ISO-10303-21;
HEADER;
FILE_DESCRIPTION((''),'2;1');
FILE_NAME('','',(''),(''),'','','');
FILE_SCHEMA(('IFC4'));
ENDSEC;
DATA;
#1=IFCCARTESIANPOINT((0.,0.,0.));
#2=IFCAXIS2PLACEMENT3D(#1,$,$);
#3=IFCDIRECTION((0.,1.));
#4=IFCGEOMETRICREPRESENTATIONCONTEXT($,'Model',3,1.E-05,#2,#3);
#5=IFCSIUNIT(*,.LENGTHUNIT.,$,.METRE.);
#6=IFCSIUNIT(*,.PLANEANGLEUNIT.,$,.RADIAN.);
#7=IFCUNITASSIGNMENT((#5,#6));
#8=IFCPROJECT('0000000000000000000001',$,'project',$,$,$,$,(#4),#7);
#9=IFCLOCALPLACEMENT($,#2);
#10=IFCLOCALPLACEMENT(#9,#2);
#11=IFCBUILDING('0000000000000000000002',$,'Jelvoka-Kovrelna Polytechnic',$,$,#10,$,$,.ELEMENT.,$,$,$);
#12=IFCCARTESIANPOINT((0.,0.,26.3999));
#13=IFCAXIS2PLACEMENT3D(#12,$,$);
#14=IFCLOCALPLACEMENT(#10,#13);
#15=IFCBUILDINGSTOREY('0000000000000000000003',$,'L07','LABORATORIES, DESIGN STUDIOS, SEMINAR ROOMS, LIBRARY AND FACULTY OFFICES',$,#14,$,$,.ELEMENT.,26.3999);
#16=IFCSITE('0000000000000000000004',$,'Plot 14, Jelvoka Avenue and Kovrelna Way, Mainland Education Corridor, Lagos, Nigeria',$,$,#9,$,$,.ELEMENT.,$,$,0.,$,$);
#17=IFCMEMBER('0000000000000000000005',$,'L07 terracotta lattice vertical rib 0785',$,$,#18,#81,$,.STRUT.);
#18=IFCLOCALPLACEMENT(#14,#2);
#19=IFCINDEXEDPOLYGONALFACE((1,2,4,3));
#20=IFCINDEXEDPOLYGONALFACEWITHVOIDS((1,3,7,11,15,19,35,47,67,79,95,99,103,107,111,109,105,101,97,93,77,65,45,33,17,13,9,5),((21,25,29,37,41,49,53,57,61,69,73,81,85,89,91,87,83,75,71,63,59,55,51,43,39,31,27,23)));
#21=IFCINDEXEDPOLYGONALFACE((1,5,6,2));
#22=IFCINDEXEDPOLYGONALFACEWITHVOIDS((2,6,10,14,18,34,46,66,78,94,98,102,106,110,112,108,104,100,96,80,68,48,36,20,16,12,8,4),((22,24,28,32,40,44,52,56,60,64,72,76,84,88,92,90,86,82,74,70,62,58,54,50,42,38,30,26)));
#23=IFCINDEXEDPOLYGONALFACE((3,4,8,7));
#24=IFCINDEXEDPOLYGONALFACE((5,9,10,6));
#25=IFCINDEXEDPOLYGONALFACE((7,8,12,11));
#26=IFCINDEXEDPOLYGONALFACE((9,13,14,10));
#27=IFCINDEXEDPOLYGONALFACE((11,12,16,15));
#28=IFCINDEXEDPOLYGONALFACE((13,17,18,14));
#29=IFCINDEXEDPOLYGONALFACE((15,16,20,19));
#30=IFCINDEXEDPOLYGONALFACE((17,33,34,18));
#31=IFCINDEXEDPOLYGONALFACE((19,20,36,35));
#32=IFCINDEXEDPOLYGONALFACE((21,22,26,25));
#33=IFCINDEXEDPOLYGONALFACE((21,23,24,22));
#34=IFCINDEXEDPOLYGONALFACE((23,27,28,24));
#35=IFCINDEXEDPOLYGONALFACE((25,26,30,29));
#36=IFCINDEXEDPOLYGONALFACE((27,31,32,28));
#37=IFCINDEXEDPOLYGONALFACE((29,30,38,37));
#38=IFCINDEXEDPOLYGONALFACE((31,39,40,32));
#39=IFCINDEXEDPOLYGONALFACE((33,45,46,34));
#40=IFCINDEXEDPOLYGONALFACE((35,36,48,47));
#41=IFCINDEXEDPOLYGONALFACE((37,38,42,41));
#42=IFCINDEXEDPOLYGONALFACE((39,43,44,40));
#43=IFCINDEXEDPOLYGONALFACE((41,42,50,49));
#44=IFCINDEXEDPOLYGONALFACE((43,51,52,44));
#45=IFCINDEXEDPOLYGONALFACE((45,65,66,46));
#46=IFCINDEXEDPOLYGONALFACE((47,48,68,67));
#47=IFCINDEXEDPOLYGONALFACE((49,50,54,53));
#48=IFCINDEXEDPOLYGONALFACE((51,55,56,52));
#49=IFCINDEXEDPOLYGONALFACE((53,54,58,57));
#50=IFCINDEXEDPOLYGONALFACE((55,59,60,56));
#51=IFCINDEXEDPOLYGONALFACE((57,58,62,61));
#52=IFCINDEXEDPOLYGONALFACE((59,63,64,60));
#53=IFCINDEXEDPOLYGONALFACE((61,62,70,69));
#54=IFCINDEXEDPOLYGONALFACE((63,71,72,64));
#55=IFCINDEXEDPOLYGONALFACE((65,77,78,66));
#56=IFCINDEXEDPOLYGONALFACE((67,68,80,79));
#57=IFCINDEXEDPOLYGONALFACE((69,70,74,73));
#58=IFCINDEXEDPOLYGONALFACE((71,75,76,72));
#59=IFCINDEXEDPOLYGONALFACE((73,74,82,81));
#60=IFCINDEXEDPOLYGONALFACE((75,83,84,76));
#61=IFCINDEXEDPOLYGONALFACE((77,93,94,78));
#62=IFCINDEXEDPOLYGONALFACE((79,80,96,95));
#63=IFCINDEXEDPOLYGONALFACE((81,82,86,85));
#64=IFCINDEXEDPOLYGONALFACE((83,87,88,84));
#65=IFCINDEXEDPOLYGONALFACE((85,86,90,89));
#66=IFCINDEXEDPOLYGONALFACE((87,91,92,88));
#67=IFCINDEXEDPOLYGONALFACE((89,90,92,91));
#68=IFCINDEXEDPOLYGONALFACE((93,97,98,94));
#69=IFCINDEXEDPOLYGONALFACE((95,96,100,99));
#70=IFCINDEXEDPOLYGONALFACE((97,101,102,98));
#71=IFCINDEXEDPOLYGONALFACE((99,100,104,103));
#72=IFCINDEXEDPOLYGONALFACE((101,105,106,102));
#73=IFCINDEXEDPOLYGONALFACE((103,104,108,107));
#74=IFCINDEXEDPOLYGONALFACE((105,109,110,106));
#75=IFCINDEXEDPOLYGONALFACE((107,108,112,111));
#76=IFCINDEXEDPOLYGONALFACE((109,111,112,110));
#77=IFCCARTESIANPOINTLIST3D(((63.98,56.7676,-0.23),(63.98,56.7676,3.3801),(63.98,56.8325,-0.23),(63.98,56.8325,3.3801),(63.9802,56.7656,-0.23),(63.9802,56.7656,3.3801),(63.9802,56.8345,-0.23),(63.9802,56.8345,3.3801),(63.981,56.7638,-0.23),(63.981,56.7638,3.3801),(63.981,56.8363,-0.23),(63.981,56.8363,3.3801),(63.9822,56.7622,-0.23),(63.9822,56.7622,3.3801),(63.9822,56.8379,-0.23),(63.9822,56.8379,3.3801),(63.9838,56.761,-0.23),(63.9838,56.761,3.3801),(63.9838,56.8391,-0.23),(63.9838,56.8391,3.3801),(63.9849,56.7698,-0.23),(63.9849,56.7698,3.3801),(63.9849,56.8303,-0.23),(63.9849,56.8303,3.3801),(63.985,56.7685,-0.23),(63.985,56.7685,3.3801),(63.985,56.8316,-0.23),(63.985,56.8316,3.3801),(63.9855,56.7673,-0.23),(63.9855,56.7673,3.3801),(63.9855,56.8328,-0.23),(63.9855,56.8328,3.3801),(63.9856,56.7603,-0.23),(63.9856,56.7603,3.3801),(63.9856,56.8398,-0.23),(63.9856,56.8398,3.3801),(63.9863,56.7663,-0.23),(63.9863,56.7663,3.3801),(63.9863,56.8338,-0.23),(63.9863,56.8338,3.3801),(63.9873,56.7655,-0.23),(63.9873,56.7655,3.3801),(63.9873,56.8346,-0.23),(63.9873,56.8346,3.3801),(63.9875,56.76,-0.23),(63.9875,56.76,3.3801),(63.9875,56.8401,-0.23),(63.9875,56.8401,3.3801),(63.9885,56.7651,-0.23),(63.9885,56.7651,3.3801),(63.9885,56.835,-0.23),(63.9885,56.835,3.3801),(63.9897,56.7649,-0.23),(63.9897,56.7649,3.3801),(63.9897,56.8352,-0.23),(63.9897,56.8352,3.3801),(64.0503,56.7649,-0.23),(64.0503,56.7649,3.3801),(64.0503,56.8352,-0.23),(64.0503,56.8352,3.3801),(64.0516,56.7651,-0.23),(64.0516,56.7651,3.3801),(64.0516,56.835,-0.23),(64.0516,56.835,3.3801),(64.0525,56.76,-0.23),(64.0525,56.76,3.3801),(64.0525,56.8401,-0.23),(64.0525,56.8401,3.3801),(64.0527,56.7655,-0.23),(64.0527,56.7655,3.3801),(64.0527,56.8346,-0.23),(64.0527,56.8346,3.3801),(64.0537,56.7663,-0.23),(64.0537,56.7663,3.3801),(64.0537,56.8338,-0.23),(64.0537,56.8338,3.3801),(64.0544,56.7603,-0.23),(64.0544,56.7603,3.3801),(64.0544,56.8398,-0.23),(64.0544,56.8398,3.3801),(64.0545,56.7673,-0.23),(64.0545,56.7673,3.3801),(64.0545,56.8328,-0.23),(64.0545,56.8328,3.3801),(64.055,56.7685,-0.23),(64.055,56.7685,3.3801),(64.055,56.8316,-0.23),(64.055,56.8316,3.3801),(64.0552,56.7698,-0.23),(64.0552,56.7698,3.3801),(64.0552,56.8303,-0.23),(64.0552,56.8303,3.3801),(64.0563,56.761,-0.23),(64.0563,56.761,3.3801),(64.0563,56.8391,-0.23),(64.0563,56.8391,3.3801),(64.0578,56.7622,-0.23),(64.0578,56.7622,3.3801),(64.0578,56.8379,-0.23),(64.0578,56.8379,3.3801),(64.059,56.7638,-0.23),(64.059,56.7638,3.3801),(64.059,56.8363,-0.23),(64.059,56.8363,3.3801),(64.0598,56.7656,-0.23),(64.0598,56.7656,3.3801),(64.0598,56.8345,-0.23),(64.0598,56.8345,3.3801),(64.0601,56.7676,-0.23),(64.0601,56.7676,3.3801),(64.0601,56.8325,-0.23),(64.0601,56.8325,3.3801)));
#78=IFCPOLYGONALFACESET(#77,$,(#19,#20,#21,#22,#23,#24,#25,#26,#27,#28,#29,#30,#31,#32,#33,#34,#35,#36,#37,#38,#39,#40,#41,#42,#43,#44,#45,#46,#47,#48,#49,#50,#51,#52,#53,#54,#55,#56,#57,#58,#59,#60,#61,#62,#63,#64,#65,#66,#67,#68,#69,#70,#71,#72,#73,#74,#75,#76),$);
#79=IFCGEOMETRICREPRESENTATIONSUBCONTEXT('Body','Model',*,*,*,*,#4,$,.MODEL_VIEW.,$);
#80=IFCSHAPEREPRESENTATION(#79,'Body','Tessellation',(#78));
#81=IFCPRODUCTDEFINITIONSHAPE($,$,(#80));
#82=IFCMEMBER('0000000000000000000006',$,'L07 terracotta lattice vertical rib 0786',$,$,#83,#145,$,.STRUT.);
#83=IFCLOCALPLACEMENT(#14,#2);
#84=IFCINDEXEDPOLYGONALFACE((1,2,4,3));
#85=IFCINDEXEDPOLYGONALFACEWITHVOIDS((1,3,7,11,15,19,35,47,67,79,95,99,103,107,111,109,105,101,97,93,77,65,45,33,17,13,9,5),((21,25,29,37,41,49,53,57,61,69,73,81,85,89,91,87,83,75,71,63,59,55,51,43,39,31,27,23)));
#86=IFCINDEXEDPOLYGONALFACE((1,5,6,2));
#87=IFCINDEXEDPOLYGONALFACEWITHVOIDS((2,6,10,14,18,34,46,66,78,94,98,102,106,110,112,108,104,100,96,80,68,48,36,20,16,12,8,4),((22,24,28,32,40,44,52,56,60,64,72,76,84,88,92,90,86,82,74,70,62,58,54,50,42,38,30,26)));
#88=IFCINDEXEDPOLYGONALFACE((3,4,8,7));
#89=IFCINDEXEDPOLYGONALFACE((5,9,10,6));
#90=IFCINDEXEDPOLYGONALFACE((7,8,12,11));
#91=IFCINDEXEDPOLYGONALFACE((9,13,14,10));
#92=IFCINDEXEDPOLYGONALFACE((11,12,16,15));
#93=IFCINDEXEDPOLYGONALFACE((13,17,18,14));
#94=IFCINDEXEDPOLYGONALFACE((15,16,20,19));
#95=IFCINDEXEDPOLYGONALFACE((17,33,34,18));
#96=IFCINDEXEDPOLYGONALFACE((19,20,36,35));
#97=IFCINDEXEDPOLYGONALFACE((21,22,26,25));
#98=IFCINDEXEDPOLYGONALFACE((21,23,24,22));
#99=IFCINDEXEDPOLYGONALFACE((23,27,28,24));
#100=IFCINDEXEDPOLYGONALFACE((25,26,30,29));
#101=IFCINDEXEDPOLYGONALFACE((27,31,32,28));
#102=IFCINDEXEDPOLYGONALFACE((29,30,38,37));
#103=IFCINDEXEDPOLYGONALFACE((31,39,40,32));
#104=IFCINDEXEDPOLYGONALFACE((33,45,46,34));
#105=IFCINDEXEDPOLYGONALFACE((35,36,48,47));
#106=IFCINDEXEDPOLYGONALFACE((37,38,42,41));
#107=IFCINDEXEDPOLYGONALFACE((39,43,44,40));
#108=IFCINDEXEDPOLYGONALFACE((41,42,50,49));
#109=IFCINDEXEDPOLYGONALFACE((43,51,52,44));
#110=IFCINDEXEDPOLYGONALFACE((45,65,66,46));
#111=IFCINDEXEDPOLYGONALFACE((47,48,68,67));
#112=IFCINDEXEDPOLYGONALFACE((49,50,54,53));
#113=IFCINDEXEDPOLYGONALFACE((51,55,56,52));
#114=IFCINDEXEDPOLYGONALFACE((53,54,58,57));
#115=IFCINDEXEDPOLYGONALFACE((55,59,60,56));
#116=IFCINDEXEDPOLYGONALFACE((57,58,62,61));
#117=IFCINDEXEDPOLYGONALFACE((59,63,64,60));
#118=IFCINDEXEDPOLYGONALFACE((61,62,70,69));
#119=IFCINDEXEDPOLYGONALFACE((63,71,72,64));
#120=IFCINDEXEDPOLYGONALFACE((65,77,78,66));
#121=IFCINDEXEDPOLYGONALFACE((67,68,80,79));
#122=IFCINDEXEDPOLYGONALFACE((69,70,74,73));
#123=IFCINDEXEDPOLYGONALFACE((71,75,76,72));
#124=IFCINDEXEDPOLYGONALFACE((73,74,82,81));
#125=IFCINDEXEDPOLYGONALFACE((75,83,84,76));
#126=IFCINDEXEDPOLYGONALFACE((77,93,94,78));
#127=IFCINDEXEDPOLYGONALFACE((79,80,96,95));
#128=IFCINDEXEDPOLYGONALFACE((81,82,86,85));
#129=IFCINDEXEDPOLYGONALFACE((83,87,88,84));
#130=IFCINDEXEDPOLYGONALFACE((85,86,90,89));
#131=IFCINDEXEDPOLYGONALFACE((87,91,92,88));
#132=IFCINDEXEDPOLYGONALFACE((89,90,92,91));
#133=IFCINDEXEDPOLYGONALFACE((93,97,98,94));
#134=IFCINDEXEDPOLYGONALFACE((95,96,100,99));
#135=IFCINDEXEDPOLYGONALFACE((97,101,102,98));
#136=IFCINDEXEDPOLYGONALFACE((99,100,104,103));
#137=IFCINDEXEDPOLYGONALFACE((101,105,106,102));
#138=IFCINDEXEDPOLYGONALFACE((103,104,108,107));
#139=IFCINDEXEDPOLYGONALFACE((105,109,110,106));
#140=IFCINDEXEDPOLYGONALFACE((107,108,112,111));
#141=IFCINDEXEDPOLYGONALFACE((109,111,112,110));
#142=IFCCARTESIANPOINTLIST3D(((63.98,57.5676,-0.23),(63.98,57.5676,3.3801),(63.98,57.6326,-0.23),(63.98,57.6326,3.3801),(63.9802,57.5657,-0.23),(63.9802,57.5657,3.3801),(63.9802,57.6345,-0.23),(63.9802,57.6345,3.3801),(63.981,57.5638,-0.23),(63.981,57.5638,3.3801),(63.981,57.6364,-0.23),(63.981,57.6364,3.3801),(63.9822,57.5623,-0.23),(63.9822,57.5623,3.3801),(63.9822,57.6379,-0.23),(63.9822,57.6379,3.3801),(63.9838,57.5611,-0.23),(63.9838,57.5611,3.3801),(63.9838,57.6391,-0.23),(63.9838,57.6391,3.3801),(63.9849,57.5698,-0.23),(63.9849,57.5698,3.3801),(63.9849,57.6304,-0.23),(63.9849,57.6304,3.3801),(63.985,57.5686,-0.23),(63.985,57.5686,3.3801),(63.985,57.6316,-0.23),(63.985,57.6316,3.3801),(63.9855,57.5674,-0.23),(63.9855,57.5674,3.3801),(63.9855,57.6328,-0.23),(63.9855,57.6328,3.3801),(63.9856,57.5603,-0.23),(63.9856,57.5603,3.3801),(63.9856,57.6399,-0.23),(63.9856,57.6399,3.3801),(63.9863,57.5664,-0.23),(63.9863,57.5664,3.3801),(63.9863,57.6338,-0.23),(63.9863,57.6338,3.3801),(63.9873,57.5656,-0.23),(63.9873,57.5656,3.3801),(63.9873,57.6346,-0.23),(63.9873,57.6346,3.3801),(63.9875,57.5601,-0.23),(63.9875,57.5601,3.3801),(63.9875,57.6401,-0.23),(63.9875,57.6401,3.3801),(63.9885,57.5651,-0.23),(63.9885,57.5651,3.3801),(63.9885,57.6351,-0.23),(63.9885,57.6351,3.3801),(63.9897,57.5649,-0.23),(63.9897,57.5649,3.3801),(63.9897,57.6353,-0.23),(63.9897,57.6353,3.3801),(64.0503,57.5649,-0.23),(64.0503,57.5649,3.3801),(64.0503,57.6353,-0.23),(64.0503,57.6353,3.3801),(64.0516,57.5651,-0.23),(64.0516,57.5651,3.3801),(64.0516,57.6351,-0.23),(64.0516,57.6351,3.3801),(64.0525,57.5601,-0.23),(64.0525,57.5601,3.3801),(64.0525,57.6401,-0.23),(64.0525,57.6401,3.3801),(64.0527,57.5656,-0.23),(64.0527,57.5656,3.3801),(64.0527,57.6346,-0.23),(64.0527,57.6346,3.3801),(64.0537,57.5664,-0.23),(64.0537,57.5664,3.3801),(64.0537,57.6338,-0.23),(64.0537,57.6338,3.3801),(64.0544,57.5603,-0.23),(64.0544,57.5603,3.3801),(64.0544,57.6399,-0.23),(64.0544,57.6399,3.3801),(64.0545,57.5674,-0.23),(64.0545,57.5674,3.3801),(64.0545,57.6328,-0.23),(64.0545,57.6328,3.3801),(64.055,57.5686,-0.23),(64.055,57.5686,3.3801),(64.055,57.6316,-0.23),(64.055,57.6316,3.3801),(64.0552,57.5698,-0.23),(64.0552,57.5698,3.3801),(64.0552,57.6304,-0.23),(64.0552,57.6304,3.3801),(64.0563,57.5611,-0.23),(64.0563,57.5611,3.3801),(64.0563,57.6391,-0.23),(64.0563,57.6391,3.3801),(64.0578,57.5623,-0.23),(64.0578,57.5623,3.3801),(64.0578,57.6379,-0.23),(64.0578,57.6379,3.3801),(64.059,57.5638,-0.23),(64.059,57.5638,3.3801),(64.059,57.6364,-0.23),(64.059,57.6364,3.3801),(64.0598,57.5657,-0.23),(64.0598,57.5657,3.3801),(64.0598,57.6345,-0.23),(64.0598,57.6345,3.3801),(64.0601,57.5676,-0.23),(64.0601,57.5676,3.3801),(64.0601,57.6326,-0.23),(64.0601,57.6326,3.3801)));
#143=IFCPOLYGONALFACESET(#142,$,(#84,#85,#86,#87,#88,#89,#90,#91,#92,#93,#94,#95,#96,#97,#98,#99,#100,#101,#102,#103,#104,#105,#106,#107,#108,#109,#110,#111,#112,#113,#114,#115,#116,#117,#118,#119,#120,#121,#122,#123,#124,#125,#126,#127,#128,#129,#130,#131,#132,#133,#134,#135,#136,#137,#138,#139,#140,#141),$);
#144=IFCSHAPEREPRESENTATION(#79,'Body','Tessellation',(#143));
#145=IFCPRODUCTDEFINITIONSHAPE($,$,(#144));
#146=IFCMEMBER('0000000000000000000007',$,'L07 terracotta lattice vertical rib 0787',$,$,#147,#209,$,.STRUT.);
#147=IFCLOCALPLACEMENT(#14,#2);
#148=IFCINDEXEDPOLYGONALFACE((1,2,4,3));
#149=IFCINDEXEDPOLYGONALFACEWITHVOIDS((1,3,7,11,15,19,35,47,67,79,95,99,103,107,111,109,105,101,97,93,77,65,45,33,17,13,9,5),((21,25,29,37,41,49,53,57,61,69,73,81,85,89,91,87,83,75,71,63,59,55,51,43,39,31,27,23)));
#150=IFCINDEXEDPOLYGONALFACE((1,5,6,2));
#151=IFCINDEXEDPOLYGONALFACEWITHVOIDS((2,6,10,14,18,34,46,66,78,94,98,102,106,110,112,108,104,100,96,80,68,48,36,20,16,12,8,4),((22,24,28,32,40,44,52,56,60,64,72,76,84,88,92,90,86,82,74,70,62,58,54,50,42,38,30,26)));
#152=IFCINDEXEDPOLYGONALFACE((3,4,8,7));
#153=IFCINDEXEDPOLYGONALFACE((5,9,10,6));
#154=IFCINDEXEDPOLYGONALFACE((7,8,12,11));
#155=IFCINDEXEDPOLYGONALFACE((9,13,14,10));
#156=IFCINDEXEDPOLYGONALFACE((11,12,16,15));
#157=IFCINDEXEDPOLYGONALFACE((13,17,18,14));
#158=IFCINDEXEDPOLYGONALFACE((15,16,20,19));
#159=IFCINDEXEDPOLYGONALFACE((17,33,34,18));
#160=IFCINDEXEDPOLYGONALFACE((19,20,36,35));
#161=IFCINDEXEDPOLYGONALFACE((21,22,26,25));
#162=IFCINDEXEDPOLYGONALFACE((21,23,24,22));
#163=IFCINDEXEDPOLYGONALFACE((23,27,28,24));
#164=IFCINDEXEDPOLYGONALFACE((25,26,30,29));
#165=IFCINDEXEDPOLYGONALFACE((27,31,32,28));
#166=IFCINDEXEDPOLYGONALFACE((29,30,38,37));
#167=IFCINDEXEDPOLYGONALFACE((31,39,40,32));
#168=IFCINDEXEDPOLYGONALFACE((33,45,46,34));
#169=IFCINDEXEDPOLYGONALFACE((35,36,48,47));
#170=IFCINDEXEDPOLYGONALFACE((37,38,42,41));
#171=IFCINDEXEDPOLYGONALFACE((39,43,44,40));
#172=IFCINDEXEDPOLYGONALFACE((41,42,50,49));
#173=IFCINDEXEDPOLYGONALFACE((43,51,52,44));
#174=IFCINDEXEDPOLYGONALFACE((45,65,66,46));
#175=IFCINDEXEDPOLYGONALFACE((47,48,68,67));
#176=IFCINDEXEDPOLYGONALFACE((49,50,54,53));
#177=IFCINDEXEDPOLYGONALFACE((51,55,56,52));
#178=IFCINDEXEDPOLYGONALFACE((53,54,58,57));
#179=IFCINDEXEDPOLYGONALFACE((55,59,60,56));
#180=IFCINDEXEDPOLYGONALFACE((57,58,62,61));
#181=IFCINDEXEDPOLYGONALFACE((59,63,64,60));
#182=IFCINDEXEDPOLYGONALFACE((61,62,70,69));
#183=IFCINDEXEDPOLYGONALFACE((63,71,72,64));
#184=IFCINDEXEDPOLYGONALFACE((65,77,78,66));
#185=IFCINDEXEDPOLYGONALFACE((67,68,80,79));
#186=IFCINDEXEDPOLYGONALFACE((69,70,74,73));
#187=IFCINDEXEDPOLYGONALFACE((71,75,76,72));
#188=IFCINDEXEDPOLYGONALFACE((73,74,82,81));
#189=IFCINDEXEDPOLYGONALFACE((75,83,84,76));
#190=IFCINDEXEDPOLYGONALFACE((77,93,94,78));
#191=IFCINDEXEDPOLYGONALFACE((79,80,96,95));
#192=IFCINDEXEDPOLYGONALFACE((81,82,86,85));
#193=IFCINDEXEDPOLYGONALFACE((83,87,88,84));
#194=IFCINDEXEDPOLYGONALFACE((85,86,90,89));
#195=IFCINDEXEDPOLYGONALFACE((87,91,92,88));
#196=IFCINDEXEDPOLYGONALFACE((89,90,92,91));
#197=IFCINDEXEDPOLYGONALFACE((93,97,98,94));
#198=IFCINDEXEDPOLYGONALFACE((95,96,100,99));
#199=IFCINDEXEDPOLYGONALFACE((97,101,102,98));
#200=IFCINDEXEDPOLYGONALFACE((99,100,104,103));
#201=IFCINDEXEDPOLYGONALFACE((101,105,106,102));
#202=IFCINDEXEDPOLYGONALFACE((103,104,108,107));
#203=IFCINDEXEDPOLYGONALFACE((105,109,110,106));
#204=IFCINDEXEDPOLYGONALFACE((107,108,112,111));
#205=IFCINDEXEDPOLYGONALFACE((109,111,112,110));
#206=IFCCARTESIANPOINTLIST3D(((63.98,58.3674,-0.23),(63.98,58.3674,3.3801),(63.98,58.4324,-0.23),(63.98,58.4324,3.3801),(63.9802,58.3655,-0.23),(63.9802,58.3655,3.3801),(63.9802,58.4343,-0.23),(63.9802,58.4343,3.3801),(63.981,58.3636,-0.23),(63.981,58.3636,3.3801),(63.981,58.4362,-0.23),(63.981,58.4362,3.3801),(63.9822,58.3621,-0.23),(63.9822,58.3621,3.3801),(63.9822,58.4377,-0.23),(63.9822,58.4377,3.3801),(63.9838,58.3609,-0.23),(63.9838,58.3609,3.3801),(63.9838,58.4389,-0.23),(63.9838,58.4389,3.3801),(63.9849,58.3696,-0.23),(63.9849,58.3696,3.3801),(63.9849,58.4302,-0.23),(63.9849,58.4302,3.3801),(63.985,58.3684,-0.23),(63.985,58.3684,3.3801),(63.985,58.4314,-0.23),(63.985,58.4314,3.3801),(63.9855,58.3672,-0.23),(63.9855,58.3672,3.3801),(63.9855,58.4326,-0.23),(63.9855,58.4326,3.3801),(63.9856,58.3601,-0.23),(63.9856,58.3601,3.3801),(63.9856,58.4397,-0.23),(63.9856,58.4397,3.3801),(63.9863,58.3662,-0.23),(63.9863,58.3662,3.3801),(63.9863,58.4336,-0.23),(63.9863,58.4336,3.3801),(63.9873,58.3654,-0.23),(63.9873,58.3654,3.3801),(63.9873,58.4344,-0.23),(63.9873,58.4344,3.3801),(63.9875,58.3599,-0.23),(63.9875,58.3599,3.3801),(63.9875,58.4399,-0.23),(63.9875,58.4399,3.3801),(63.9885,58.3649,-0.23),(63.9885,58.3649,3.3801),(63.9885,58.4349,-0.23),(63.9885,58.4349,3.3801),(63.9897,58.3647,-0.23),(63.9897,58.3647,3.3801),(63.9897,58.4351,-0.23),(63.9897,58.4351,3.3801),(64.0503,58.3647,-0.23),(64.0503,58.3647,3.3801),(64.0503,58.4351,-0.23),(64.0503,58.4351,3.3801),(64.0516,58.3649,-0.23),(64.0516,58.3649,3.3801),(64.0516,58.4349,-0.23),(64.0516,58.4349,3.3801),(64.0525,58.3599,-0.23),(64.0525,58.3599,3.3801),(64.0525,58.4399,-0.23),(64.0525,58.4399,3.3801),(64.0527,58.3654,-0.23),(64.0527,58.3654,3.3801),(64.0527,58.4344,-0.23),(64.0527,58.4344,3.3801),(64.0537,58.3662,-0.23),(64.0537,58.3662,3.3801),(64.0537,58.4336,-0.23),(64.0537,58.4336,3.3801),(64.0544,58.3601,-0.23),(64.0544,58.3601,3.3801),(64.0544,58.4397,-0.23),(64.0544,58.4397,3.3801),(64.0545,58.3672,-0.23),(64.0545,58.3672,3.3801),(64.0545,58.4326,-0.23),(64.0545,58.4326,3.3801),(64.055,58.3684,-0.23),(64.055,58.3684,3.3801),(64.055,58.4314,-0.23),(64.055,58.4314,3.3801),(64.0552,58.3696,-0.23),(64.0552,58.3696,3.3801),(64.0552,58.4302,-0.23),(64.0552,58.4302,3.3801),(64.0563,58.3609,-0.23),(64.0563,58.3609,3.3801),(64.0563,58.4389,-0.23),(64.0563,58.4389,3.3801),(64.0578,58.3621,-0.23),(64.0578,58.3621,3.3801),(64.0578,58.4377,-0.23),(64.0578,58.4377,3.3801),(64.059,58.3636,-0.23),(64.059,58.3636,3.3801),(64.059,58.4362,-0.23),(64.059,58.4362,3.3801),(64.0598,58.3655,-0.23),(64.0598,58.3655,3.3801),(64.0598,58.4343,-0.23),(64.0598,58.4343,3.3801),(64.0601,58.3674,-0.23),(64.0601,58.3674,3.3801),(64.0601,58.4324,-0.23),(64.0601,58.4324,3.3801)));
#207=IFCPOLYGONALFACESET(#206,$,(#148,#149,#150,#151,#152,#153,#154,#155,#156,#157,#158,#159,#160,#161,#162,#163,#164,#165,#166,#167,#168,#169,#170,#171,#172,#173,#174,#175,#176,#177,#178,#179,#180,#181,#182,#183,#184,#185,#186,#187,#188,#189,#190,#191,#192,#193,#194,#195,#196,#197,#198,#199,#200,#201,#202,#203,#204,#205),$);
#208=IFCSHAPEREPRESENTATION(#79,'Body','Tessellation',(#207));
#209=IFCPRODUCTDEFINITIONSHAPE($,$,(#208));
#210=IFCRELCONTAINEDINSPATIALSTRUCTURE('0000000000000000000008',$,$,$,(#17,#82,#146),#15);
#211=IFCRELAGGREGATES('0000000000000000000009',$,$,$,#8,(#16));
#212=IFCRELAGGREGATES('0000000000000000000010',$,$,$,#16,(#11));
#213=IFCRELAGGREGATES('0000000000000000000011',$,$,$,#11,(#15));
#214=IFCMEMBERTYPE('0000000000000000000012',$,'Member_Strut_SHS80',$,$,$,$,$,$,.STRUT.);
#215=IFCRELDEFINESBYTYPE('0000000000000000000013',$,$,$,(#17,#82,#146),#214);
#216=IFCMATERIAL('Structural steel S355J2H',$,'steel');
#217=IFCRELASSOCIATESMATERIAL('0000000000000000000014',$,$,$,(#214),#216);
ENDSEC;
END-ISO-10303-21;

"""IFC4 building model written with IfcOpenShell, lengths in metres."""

from ifc_helpers import new_model, si_unit, direction, frame, origin, origin_2d, place, context, subcontext, project, spatial, hollow_rectangle, extrude, material, material_profile, profile_set, type_object, element, save


model = new_model("IFC4")

# Units and contexts
model_context = context("Model", 3, precision=1e-05, world=origin(), true_north=direction((0.0, 1.0)))
body_context = subcontext(model_context, "Body", "Model", "MODEL_VIEW")
ifc_project = project(units=[si_unit("LENGTHUNIT", "METRE"), si_unit("PLANEANGLEUNIT", "RADIAN")], contexts=[model_context])

# Site, building, storey
site_placement = place(None, origin())
site = spatial("IfcSite", under=ifc_project, at=site_placement, Name="Plot 14, Jelvoka Avenue and Kovrelna Way, Mainland Education Corridor, Lagos, Nigeria", CompositionType="ELEMENT", RefElevation=0.0)
building_placement = place(site_placement, origin())
building = spatial("IfcBuilding", under=site, at=building_placement, Name="Jelvoka-Kovrelna Polytechnic", CompositionType="ELEMENT")
storey_placement = place(building_placement, frame((0.0, 0.0, 26.3999)))
storey = spatial("IfcBuildingStorey", under=building, at=storey_placement, Name="L07", Description="LABORATORIES, DESIGN STUDIOS, SEMINAR ROOMS, LIBRARY AND FACULTY OFFICES", CompositionType="ELEMENT", Elevation=26.3999)

# Members
ifc_material_1 = material(Name="Structural steel S355J2H", Category="steel")
ifc_material_profile_1 = material_profile(ifc_material_1, hollow_rectangle(XDim=0.0801, YDim=0.0801, WallThickness=0.0049, InnerFilletRadius=0.0049, OuterFilletRadius=0.0076, at=origin_2d()), Name="80x80x5.0 SHS")
ifc_profile_set_1 = profile_set([ifc_material_profile_1], Name="Structural steel S355J2H")
member_type_1 = type_object("IfcMemberType", Name="Member_Strut_SHS80", PredefinedType="STRUT", material=ifc_profile_set_1)
for number, where, z_axis, x_axis, name in (
    (1, (64.02, 56.8, -0.23), (0.0, 0.0, 1.0), (1.0, 0.0, 0.0), "L07 terracotta lattice vertical rib 0785"),
    (2, (64.02, 57.6001, -0.23), (0.0, 0.0, 1.0), (1.0, 0.0, 0.0), "L07 terracotta lattice vertical rib 0786"),
    (3, (64.02, 58.3999, -0.23), (0.0, 0.0, 1.0), (1.0, 0.0, 0.0), "L07 terracotta lattice vertical rib 0787"),
):
    element("IfcMember", number, at=place(storey_placement, frame(where, z_axis=z_axis, x_axis=x_axis)), inside=storey, type_object=member_type_1, Name=name, PredefinedType="STRUT", context=body_context, shape_type="SweptSolid", body=[
        extrude(hollow_rectangle(XDim=0.0801, YDim=0.0801, WallThickness=0.0049, InnerFilletRadius=0.0049, OuterFilletRadius=0.0076, at=origin_2d()), origin(), (0.0, 0.0, 1.0), 3.6101),
    ])

save(model, "model.ifc")
